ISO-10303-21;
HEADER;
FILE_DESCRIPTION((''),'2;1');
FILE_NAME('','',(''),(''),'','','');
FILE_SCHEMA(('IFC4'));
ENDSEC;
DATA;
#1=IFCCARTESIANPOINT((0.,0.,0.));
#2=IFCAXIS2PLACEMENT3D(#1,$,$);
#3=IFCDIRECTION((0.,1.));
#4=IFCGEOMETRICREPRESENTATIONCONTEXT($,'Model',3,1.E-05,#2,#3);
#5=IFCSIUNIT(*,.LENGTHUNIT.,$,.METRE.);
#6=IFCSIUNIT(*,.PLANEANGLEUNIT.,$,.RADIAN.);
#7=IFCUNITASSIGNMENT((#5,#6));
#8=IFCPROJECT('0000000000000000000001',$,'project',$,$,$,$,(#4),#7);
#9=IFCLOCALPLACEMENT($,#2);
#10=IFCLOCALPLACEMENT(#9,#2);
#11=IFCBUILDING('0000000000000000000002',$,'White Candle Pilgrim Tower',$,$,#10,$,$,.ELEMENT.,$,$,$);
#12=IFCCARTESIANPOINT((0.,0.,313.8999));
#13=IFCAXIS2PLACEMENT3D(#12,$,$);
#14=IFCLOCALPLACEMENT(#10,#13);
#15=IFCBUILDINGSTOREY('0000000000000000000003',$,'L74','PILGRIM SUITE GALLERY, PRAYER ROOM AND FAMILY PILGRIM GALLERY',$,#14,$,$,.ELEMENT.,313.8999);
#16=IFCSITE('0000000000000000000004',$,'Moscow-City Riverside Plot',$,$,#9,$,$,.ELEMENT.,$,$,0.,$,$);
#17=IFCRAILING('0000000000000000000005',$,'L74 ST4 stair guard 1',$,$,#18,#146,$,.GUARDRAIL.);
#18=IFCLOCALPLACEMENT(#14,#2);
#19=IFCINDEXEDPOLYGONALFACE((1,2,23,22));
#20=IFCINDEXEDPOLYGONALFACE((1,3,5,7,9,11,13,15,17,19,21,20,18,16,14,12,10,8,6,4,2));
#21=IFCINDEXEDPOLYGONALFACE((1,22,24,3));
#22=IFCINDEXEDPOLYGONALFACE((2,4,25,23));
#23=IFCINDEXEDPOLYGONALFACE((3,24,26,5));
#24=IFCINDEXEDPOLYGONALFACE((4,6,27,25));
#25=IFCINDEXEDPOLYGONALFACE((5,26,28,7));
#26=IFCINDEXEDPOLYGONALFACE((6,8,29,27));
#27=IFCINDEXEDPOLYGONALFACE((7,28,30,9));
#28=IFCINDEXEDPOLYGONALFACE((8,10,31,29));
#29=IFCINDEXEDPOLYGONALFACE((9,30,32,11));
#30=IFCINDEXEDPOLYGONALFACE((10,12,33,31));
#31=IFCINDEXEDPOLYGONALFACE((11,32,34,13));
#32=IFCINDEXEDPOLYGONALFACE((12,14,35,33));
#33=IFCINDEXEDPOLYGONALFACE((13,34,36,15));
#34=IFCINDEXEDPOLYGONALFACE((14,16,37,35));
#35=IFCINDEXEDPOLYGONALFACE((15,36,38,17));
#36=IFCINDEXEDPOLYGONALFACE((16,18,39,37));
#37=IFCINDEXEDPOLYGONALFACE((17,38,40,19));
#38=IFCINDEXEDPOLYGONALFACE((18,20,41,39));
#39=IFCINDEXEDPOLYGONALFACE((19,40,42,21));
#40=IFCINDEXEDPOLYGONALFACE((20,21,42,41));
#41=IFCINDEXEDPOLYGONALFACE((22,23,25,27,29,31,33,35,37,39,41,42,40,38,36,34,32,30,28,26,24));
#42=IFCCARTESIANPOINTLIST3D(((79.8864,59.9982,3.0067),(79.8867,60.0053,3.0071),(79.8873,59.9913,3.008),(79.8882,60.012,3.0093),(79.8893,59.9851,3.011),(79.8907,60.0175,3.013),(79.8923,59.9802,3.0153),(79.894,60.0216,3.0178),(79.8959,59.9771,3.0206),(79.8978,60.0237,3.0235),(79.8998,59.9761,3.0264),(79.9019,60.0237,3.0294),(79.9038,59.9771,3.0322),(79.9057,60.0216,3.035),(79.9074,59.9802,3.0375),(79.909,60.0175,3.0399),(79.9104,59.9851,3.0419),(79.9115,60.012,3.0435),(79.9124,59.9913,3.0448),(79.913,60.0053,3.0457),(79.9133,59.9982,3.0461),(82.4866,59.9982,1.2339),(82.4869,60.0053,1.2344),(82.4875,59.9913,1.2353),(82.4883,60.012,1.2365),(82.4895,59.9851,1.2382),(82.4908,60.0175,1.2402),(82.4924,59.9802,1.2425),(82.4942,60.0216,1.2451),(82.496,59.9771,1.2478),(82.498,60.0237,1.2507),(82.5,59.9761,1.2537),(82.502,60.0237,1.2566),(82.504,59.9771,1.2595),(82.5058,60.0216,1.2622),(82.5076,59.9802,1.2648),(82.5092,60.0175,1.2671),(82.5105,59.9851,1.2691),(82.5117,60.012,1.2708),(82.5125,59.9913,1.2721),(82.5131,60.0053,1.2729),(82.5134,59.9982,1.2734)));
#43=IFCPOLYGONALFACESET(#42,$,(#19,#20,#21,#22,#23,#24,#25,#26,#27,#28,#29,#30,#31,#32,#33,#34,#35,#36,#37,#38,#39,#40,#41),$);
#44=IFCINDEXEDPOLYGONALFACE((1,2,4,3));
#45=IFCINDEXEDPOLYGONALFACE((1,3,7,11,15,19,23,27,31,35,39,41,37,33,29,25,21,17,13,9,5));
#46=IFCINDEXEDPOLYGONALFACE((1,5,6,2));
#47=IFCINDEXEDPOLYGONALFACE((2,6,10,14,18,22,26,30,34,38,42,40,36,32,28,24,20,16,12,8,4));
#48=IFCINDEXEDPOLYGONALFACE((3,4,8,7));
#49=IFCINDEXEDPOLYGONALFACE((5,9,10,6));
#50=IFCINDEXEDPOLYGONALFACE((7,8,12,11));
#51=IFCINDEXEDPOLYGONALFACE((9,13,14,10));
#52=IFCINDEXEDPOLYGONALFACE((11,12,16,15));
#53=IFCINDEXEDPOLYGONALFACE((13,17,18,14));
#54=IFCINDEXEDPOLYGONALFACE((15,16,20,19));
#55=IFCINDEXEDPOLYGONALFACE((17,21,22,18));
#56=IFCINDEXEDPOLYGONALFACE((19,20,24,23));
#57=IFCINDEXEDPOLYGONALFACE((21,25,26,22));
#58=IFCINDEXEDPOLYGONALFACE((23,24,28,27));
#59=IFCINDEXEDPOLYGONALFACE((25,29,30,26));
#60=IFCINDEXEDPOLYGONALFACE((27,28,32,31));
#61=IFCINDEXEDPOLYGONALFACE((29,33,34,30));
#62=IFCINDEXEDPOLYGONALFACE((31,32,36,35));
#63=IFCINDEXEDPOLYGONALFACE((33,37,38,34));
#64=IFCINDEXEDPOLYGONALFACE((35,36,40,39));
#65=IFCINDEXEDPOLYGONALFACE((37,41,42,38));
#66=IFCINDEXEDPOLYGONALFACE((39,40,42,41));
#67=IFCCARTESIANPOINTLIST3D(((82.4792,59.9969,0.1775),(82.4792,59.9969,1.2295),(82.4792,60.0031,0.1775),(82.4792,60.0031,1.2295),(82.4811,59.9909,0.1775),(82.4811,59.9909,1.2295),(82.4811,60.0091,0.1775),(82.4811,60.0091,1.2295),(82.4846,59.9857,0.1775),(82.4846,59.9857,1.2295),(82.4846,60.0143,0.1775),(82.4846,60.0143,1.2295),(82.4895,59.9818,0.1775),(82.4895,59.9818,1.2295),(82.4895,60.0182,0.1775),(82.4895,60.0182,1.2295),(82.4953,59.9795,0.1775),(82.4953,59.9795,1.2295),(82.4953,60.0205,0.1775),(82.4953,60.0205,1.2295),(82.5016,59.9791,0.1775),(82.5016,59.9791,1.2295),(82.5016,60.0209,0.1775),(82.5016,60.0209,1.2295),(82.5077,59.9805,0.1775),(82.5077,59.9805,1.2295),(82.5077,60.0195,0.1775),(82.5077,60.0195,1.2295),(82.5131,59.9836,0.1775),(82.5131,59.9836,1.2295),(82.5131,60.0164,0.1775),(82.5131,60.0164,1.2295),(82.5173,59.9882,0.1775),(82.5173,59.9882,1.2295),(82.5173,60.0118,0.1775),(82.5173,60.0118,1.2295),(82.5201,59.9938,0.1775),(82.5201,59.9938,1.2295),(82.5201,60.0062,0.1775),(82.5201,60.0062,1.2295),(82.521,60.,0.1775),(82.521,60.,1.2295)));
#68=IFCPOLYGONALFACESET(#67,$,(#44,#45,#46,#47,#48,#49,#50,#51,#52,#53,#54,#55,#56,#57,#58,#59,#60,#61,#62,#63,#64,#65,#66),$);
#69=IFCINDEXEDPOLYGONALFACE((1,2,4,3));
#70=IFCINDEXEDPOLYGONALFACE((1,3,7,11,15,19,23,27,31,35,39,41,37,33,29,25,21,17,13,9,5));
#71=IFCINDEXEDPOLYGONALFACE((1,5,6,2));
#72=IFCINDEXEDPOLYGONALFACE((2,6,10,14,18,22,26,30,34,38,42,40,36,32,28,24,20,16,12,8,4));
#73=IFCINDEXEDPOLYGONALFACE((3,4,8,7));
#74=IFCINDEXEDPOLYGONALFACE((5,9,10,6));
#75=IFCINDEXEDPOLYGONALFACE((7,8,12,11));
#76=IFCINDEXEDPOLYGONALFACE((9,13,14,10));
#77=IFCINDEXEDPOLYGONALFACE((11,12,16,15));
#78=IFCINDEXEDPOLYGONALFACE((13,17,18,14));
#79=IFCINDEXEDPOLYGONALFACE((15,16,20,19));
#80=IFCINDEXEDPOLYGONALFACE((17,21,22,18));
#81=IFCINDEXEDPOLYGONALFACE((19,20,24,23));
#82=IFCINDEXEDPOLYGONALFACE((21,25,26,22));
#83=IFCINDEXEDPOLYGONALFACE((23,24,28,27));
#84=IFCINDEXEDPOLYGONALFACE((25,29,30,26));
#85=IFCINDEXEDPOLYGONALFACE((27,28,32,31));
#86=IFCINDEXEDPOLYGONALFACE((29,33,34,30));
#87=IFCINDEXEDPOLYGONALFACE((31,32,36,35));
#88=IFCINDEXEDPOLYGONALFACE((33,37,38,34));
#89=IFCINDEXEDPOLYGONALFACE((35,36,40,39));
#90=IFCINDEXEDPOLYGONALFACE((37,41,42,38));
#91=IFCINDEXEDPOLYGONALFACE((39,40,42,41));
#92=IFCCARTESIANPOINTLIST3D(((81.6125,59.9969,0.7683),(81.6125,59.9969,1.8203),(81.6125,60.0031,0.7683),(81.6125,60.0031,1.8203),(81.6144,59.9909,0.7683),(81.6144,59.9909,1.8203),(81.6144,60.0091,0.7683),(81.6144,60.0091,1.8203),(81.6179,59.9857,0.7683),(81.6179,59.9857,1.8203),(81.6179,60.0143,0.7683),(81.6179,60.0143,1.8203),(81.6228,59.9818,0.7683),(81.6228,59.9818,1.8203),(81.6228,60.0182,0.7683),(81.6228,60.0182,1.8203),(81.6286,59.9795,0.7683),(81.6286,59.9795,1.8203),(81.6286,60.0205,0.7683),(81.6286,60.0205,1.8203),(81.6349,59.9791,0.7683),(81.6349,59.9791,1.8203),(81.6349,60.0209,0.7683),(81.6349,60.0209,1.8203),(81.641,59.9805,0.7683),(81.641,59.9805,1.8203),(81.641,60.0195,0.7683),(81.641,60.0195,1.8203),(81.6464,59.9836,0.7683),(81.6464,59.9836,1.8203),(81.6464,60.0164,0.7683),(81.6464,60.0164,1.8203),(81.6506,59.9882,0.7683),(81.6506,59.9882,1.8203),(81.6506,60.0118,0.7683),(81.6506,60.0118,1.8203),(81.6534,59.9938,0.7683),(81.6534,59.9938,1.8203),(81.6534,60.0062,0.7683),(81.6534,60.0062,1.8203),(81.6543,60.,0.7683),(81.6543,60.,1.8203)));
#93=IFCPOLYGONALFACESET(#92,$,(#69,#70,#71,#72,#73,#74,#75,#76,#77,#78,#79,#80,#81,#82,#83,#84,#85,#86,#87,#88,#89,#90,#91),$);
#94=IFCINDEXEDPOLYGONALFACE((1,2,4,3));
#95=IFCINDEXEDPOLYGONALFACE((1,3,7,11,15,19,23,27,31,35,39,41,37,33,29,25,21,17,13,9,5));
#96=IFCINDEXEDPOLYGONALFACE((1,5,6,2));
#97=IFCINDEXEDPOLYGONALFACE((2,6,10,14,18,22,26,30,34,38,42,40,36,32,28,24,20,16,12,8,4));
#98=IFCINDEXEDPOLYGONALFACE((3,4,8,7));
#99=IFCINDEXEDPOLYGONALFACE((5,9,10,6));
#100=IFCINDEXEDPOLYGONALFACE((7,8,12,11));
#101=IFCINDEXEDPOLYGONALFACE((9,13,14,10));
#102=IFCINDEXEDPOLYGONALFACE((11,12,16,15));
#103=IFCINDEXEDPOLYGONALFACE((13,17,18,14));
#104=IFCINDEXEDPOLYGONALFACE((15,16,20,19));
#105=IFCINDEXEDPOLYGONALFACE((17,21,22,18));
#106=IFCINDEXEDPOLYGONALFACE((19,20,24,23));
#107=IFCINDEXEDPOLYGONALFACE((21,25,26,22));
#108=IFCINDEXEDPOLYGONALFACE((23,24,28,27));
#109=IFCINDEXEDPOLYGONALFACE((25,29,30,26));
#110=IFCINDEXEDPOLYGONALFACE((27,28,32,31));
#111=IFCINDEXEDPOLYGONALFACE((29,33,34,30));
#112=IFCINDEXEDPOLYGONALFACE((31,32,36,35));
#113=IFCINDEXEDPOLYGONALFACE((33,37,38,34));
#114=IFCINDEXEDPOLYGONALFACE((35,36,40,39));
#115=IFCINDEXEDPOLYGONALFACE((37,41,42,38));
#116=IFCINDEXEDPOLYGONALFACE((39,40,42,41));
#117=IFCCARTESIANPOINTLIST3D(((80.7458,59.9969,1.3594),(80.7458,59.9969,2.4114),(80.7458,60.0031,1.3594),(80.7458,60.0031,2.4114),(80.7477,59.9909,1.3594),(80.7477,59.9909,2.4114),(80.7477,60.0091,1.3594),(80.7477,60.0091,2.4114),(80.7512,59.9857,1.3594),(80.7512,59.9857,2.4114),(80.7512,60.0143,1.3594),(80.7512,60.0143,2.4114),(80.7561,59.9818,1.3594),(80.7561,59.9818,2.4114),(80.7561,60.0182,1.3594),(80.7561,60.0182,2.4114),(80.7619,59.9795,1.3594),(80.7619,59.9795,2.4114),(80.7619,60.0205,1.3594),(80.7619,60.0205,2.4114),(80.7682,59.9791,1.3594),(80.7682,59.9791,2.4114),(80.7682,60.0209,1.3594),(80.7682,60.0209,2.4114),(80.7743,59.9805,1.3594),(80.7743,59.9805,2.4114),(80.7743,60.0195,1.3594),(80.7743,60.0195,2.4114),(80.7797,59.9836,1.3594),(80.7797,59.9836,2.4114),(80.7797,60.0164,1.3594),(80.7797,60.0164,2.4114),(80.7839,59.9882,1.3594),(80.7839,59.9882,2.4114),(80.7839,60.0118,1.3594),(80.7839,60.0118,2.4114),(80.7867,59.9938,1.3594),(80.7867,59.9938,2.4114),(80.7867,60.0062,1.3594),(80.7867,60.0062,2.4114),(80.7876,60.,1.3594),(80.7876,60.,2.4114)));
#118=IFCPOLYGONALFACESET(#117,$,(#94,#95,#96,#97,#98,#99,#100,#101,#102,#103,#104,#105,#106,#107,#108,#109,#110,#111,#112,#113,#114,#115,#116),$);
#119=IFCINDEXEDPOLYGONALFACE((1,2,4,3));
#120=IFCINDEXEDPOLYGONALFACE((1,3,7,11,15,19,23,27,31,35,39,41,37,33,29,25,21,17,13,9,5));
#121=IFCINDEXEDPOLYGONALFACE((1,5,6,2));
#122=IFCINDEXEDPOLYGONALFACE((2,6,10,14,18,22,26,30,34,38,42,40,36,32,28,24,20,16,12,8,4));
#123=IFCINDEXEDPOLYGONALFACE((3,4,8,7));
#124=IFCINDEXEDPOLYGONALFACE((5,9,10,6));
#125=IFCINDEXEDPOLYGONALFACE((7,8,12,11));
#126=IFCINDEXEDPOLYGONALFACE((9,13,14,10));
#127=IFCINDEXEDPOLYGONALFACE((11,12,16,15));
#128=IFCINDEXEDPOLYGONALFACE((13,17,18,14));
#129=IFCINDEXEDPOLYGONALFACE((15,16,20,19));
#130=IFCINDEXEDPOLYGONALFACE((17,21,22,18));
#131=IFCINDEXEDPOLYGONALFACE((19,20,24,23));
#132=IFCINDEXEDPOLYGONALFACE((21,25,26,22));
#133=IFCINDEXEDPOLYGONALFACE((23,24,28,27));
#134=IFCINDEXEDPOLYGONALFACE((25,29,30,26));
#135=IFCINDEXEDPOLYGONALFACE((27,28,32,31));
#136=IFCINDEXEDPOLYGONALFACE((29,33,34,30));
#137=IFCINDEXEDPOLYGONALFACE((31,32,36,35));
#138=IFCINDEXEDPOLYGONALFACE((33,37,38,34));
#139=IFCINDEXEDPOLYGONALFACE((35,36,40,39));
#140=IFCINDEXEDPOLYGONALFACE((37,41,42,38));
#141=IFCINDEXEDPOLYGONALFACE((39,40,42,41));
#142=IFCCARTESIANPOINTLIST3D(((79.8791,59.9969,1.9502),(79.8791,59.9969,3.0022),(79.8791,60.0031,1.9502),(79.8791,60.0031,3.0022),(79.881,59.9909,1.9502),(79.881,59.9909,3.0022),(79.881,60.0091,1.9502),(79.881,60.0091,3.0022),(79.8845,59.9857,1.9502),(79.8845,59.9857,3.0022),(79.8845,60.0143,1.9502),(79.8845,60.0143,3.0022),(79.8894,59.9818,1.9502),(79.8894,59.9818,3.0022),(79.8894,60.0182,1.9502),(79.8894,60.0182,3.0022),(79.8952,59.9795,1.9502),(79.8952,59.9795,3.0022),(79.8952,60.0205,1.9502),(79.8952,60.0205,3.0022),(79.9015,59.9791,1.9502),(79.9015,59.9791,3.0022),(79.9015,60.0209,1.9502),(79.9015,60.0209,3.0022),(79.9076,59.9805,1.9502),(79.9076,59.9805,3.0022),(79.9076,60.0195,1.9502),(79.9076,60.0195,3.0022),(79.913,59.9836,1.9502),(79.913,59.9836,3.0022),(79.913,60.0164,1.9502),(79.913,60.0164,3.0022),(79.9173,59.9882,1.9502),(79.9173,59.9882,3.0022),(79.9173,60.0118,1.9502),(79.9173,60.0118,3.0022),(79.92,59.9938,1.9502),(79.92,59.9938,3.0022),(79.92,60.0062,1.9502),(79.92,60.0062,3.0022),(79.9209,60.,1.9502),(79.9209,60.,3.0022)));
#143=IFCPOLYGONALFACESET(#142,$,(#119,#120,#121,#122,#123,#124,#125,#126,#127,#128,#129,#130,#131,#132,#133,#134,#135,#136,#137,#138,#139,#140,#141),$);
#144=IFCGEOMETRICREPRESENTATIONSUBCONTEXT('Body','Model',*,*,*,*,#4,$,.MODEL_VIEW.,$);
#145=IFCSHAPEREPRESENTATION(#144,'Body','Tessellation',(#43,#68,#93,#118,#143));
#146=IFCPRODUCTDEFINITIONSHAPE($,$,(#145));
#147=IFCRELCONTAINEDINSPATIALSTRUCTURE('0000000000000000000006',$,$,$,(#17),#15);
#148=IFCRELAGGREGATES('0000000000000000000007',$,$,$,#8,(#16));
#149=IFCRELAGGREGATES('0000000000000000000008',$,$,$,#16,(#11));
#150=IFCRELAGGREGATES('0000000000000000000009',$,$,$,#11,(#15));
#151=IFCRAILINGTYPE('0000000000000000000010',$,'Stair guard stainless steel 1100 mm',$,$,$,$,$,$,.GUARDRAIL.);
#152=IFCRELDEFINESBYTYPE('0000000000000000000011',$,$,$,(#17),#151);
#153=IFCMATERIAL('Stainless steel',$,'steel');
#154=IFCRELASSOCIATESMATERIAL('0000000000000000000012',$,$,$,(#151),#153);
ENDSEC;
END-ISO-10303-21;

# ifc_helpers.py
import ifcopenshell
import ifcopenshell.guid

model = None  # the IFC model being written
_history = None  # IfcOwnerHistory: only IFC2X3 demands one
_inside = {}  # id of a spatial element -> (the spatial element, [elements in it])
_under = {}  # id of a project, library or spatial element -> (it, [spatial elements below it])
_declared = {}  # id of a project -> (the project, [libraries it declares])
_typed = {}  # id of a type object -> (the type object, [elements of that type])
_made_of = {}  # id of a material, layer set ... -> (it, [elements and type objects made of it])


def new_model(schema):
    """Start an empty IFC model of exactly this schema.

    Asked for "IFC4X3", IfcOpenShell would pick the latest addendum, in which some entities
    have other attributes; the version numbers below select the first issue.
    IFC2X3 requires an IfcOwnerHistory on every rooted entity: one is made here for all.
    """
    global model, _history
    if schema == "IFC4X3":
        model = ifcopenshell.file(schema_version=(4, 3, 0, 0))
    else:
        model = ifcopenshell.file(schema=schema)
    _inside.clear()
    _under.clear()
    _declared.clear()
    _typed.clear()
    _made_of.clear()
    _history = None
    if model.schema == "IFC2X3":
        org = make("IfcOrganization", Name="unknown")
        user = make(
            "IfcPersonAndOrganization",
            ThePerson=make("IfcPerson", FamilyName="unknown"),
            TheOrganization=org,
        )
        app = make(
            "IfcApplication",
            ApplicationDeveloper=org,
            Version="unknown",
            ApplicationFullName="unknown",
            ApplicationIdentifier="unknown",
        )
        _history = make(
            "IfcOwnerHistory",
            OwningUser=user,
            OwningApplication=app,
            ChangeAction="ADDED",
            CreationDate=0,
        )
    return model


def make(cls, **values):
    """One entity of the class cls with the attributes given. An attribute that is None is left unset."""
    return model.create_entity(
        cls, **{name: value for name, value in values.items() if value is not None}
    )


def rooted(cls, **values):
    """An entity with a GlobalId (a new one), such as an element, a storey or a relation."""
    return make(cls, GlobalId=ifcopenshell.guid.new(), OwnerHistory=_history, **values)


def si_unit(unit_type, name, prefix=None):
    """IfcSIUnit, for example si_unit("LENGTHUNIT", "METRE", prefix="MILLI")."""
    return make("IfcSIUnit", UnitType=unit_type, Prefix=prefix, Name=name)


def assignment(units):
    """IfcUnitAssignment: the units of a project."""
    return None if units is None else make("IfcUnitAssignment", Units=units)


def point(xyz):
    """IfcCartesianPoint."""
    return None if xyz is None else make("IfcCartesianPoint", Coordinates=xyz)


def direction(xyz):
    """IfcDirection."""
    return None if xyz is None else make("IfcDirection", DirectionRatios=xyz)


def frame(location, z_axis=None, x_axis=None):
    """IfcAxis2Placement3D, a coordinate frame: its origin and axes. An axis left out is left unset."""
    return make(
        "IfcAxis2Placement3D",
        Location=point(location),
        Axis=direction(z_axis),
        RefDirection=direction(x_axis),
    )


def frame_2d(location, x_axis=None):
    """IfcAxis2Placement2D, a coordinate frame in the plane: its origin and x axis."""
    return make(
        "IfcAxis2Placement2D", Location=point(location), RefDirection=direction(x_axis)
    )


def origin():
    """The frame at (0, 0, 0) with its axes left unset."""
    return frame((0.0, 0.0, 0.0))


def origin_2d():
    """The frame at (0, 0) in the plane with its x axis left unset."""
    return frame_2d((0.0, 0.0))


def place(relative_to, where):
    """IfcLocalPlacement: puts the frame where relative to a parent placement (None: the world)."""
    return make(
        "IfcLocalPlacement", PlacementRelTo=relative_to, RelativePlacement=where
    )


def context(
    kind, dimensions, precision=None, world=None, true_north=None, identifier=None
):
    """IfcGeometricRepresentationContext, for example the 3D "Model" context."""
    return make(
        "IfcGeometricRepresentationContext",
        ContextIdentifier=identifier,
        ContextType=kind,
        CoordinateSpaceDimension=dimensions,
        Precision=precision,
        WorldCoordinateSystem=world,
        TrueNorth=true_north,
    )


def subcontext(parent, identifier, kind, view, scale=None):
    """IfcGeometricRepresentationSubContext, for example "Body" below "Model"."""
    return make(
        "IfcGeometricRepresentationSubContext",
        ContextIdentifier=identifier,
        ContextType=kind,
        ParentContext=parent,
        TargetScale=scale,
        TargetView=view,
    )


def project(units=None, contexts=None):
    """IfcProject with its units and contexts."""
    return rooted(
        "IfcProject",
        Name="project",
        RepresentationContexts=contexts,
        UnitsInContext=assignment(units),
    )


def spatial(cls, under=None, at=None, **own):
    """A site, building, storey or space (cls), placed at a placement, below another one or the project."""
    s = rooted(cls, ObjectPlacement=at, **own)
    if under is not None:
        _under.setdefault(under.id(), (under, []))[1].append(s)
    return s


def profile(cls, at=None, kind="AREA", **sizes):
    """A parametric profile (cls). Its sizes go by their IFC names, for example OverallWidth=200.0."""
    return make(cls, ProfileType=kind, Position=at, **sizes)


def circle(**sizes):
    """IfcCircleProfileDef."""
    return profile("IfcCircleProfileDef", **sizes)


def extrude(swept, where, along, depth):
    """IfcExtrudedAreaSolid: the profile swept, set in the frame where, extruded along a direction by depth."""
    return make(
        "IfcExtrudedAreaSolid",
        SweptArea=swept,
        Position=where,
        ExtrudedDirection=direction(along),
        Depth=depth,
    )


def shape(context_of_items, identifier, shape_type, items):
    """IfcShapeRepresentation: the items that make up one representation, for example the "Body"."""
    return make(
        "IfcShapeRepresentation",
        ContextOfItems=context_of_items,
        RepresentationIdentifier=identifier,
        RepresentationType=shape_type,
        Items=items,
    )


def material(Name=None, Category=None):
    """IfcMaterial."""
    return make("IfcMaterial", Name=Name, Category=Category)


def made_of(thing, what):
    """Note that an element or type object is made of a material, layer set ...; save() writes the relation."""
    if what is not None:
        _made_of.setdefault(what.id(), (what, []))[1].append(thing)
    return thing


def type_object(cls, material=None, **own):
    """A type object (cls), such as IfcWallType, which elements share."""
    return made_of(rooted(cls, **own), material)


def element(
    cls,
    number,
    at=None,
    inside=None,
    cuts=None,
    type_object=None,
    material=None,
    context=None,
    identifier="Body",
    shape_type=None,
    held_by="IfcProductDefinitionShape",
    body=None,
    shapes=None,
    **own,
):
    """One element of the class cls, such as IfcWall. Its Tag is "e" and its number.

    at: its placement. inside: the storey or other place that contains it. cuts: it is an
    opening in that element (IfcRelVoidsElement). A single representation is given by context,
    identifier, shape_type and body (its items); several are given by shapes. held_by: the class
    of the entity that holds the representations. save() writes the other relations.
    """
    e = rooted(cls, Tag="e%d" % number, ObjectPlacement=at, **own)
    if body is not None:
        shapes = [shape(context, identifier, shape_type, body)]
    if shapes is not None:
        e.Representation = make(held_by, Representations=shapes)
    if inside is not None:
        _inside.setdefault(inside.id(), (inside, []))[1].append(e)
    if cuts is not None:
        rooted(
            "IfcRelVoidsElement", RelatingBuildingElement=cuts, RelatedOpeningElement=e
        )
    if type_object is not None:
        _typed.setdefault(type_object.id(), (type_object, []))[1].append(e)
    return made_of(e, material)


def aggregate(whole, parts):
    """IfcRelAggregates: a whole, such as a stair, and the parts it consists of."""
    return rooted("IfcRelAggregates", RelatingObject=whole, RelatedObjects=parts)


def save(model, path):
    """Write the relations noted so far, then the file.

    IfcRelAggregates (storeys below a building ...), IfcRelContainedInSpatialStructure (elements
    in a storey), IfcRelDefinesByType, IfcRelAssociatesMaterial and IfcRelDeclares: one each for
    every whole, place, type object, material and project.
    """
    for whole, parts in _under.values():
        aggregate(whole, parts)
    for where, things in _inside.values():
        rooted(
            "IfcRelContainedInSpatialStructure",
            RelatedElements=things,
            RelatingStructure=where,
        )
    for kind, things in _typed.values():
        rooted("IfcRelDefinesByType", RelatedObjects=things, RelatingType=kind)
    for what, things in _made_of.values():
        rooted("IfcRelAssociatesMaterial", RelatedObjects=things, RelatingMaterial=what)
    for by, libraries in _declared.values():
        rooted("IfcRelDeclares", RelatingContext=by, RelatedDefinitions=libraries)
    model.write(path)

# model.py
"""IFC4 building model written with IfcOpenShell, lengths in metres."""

from ifc_helpers import new_model, si_unit, direction, frame, origin, origin_2d, place, context, subcontext, project, spatial, circle, extrude, material, type_object, element, save


model = new_model("IFC4")

# Units and contexts
model_context = context("Model", 3, precision=1e-05, world=origin(), true_north=direction((0.0, 1.0)))
body_context = subcontext(model_context, "Body", "Model", "MODEL_VIEW")
ifc_project = project(units=[si_unit("LENGTHUNIT", "METRE"), si_unit("PLANEANGLEUNIT", "RADIAN")], contexts=[model_context])

# Site, building, storey
site_placement = place(None, origin())
site = spatial("IfcSite", under=ifc_project, at=site_placement, Name="Moscow-City Riverside Plot", CompositionType="ELEMENT", RefElevation=0.0)
building_placement = place(site_placement, origin())
building = spatial("IfcBuilding", under=site, at=building_placement, Name="White Candle Pilgrim Tower", CompositionType="ELEMENT")
storey_placement = place(building_placement, frame((0.0, 0.0, 313.8999)))
storey = spatial("IfcBuildingStorey", under=building, at=storey_placement, Name="L74", Description="PILGRIM SUITE GALLERY, PRAYER ROOM AND FAMILY PILGRIM GALLERY", CompositionType="ELEMENT", Elevation=313.8999)

# Railing
ifc_material_1 = material(Name="Stainless steel", Category="steel")
railing_type_1 = type_object("IfcRailingType", Name="Stair guard stainless steel 1100 mm", PredefinedType="GUARDRAIL", material=ifc_material_1)
railing_1_placement = place(storey_placement, frame((82.5, 60.0, 0.1775)))
element("IfcRailing", 1, at=railing_1_placement, inside=storey, type_object=railing_type_1, Name="L74 ST4 stair guard 1", PredefinedType="GUARDRAIL", context=body_context, shape_type="SweptSolid", body=[
    extrude(circle(Radius=0.0239, at=origin_2d()), frame((0.0, 0.0, 1.0762), z_axis=(-0.82624, 0.0, 0.563318), x_axis=(0.0, -1.0, 0.0)), (0.0, 0.0, 1.0), 3.147),
    extrude(circle(Radius=0.021, at=origin_2d()), origin(), (0.0, 0.0, 1.0), 1.052),
    extrude(circle(Radius=0.021, at=origin_2d()), frame((-0.8667, 0.0, 0.5908)), (0.0, 0.0, 1.0), 1.052),
    extrude(circle(Radius=0.021, at=origin_2d()), frame((-1.7334, 0.0, 1.1819)), (0.0, 0.0, 1.0), 1.052),
    extrude(circle(Radius=0.021, at=origin_2d()), frame((-2.6001, 0.0, 1.7727)), (0.0, 0.0, 1.0), 1.052),
])

save(model, "model.ifc")
